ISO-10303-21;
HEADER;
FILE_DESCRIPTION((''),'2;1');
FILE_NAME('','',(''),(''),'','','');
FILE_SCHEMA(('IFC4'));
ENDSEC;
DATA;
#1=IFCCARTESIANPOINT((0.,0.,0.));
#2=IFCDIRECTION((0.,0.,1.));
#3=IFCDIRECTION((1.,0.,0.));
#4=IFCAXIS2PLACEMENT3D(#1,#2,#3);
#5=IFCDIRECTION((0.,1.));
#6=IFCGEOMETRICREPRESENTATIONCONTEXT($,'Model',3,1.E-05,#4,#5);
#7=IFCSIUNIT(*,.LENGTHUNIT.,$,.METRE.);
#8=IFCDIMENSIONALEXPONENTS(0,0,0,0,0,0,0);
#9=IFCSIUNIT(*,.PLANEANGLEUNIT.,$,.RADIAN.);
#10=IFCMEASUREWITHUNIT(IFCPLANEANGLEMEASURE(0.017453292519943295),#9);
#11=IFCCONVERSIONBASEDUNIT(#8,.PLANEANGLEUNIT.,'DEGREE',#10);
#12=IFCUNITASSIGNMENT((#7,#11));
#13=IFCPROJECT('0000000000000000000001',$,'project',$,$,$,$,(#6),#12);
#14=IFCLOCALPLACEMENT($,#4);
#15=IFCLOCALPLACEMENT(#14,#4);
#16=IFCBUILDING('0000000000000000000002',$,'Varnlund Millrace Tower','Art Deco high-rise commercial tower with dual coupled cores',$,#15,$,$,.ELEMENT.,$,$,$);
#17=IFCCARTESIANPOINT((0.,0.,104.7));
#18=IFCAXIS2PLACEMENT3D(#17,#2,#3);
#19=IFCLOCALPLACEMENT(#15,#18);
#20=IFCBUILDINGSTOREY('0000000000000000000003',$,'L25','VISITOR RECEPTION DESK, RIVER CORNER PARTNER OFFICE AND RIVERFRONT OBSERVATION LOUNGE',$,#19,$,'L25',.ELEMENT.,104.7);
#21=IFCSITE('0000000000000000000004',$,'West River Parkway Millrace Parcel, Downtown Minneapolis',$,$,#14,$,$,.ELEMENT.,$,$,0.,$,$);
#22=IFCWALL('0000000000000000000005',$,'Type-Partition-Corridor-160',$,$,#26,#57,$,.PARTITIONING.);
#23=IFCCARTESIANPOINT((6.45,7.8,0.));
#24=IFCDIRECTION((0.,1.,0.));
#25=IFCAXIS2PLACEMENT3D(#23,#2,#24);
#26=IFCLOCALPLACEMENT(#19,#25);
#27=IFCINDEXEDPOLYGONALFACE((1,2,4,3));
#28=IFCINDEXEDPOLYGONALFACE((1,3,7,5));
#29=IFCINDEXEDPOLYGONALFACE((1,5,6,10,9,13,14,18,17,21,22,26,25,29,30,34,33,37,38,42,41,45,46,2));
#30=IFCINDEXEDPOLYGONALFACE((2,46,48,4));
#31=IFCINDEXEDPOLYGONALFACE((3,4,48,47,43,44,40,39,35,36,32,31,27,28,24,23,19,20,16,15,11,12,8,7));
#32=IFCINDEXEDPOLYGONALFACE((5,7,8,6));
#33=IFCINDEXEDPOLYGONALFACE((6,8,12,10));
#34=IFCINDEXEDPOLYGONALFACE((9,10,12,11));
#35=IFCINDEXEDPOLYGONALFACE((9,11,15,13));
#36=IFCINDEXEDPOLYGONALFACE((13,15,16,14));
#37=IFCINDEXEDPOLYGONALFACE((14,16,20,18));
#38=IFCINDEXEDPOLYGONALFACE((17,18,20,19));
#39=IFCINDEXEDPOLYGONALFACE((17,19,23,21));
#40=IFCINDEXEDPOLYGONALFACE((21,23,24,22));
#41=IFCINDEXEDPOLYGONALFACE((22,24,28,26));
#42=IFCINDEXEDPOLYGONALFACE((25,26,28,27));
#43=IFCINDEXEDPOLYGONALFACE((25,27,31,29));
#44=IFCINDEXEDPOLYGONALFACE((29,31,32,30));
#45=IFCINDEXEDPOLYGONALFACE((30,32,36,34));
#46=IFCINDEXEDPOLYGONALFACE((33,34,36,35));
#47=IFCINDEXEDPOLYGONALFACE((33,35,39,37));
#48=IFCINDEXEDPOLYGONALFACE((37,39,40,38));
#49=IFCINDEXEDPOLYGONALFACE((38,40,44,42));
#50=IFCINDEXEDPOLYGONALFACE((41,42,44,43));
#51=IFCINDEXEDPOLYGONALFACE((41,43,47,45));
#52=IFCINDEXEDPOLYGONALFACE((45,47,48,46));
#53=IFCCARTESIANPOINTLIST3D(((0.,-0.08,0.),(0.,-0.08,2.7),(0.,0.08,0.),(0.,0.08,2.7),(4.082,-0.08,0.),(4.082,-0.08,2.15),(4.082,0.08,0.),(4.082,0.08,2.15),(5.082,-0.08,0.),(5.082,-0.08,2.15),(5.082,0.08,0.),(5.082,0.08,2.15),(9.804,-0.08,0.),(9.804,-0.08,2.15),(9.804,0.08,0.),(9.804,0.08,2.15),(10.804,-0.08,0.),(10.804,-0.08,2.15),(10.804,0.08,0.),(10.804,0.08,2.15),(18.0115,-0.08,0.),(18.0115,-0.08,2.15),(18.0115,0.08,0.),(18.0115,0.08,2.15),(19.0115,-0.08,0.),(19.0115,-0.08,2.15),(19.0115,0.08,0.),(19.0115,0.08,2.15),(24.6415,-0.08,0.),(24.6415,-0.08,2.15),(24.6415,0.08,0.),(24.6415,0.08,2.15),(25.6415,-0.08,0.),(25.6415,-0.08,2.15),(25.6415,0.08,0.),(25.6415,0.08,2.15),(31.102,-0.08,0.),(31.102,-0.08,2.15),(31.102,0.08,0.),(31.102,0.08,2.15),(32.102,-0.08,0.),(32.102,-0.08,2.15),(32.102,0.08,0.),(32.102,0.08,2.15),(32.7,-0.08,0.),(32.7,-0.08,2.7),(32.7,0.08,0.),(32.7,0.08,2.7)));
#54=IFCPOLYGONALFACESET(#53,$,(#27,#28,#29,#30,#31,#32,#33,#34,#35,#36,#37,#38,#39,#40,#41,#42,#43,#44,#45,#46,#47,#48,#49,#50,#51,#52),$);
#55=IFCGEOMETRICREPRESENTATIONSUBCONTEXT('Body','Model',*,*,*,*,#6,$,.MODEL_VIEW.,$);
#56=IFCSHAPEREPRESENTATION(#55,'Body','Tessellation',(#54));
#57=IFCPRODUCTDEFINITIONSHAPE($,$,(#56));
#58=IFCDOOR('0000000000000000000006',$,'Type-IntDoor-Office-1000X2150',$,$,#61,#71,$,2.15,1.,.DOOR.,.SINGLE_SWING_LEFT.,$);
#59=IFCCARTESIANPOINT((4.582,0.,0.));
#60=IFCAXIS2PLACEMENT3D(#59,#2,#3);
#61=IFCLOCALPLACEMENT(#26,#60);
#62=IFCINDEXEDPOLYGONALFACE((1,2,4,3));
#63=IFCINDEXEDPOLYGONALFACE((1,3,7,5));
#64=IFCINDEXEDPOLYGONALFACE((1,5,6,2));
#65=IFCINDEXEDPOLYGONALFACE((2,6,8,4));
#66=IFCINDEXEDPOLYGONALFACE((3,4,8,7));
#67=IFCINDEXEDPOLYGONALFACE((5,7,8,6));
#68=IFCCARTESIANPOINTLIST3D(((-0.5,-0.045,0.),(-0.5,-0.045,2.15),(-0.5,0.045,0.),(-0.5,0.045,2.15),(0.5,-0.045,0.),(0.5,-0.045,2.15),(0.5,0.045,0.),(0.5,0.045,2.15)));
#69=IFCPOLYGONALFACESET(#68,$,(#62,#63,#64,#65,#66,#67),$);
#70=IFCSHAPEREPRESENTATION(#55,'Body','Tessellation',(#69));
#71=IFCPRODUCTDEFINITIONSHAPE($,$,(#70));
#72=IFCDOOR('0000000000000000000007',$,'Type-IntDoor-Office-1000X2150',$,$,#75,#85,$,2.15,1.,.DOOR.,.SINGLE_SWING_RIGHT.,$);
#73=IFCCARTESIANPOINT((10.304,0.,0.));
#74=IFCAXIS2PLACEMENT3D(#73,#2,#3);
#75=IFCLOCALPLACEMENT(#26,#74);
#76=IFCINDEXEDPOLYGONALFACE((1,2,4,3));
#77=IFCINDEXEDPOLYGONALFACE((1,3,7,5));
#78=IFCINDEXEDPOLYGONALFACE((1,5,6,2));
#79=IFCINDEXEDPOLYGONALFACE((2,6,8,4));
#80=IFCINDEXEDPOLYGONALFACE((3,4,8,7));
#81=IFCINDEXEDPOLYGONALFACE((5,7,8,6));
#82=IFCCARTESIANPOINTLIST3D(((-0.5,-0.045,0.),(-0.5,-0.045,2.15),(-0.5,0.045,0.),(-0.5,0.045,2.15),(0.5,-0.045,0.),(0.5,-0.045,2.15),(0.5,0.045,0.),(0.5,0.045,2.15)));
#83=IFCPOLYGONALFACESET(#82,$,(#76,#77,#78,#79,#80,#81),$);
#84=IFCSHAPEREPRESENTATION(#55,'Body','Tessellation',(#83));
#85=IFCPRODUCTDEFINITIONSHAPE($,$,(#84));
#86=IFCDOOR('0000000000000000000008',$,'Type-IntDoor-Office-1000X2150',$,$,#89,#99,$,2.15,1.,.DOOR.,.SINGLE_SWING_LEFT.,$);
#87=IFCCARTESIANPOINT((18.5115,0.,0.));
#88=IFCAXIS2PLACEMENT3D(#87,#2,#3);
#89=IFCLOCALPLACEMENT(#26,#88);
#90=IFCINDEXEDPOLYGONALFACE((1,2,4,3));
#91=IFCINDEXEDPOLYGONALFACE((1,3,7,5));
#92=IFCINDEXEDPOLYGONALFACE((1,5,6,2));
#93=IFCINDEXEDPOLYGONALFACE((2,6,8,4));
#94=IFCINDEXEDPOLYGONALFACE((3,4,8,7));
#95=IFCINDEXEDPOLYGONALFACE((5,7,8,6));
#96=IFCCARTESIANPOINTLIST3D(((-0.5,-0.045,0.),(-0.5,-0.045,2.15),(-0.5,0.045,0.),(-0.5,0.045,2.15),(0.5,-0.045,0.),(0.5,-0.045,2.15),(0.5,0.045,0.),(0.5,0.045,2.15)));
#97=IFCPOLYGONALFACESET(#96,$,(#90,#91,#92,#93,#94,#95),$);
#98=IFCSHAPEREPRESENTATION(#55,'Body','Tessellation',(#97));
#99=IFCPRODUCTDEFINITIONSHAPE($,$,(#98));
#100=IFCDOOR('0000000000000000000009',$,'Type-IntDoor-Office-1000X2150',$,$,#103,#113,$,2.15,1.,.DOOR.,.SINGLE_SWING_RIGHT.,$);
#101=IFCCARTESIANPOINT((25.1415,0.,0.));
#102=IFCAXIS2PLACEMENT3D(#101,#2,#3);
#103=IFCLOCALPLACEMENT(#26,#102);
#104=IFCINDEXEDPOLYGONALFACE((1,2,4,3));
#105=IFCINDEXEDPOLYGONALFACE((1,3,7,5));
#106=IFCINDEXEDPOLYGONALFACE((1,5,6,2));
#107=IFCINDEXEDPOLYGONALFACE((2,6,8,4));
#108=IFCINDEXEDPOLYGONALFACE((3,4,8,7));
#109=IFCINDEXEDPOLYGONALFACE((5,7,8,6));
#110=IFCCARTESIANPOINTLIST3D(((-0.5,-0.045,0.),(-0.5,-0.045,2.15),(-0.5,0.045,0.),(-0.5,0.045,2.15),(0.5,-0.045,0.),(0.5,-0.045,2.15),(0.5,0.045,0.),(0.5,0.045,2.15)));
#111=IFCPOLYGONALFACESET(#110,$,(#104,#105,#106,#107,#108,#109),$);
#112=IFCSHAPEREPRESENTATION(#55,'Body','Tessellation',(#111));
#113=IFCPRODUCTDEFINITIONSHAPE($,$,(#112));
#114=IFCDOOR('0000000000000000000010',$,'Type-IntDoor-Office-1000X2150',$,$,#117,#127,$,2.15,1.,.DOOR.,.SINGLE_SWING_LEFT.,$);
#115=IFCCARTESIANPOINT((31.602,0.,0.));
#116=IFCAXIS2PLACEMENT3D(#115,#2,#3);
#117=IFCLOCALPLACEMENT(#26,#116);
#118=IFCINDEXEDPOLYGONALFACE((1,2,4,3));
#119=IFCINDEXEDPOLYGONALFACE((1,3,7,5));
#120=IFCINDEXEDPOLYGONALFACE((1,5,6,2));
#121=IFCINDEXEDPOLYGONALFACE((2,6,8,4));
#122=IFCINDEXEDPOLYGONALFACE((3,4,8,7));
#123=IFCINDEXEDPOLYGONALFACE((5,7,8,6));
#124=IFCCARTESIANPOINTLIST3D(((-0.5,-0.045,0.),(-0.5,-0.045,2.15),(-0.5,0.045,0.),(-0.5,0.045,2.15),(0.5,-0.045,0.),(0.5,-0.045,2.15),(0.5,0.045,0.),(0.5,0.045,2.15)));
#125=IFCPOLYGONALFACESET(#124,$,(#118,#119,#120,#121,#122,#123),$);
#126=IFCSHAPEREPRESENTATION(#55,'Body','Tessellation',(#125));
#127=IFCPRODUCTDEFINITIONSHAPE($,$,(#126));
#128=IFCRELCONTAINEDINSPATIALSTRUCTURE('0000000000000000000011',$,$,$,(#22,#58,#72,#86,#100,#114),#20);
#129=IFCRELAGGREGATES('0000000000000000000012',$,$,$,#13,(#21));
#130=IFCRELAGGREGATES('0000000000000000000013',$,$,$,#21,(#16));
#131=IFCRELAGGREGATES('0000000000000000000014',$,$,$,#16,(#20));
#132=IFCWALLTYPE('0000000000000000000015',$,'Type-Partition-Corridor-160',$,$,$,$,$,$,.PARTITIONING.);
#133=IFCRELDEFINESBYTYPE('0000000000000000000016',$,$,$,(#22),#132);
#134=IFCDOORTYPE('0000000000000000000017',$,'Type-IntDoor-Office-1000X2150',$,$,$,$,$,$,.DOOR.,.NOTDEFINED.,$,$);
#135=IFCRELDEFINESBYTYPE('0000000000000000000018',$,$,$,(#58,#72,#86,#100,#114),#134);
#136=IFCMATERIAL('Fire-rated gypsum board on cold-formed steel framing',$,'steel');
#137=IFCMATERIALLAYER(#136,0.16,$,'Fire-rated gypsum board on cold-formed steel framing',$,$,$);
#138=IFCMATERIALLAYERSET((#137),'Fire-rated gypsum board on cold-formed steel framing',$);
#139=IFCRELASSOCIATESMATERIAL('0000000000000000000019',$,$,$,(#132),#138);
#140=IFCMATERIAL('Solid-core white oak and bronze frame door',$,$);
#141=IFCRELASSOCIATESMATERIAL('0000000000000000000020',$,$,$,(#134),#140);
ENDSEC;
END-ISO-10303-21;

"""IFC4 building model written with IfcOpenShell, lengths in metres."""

from ifc_helpers import new_model, entity, si_unit, converted_unit, direction, frame, origin_with_axes, origin_2d_with_axis, place, context, subcontext, project, spatial, polyline, rectangle, outline, extrude, material, layer, layer_set, type_object, element, fill, save


model = new_model("IFC4")

# Units and contexts
model_context = context("Model", 3, precision=1e-05, world=origin_with_axes(), true_north=direction((0.0, 1.0)))
body_context = subcontext(model_context, "Body", "Model", "MODEL_VIEW")
ifc_project = project(units=[si_unit("LENGTHUNIT", "METRE"), converted_unit("PLANEANGLEUNIT", "DEGREE", entity("IfcPlaneAngleMeasure", 0.017453292519943295), si_unit("PLANEANGLEUNIT", "RADIAN"), dimensions=[0, 0, 0, 0, 0, 0, 0])], contexts=[model_context])

# Site, building, storey
site_placement = place(None, origin_with_axes())
site = spatial("IfcSite", under=ifc_project, at=site_placement, Name="West River Parkway Millrace Parcel, Downtown Minneapolis", CompositionType="ELEMENT", RefElevation=0.0)
building_placement = place(site_placement, origin_with_axes())
building = spatial("IfcBuilding", under=site, at=building_placement, Name="Varnlund Millrace Tower", Description="Art Deco high-rise commercial tower with dual coupled cores", CompositionType="ELEMENT")
storey_placement = place(building_placement, frame((0.0, 0.0, 104.7), z_axis=(0.0, 0.0, 1.0), x_axis=(1.0, 0.0, 0.0)))
storey = spatial("IfcBuildingStorey", under=building, at=storey_placement, Name="L25", Description="VISITOR RECEPTION DESK, RIVER CORNER PARTNER OFFICE AND RIVERFRONT OBSERVATION LOUNGE", LongName="L25", CompositionType="ELEMENT", Elevation=104.7)

# Wall, openings, doors
ifc_material_1 = material(Name="Fire-rated gypsum board on cold-formed steel framing", Category="steel")
ifc_layer_1 = layer(ifc_material_1, 0.16, Name="Fire-rated gypsum board on cold-formed steel framing")
ifc_layer_set_1 = layer_set([ifc_layer_1], Name="Fire-rated gypsum board on cold-formed steel framing")
wall_type_1 = type_object("IfcWallType", Name="Type-Partition-Corridor-160", PredefinedType="PARTITIONING", material=ifc_layer_set_1)
ifc_material_2 = material(Name="Solid-core white oak and bronze frame door")
door_type_1 = type_object("IfcDoorType", Name="Type-IntDoor-Office-1000X2150", OperationType="NOTDEFINED", PredefinedType="DOOR", material=ifc_material_2)
wall_1_placement = place(storey_placement, frame((6.45, 7.8, 0.0), z_axis=(0.0, 0.0, 1.0), x_axis=(0.0, 1.0, 0.0)))
wall_1 = element("IfcWall", 1, at=wall_1_placement, inside=storey, type_object=wall_type_1, Name="Type-Partition-Corridor-160", PredefinedType="PARTITIONING", context=body_context, shape_type="SweptSolid", body=[
    extrude(outline(polyline([(0.0, -0.08), (32.7, -0.08), (32.7, 0.08), (0.0, 0.08), (0.0, -0.08)])), origin_with_axes(), (0.0, 0.0, 1.0), 2.7),
])
opening_1_placement = place(wall_1_placement, frame((4.582, 0.0, 0.0), z_axis=(0.0, 0.0, 1.0), x_axis=(1.0, 0.0, 0.0)))
opening_1 = element("IfcOpeningElement", 2, at=opening_1_placement, cuts=wall_1, PredefinedType="OPENING", context=body_context, shape_type="SweptSolid", body=[
    extrude(rectangle(XDim=1.0, YDim=0.18, at=origin_2d_with_axis()), origin_with_axes(), (0.0, 0.0, 1.0), 2.15),
])
opening_2_placement = place(wall_1_placement, frame((10.304, 0.0, 0.0), z_axis=(0.0, 0.0, 1.0), x_axis=(1.0, 0.0, 0.0)))
opening_2 = element("IfcOpeningElement", 3, at=opening_2_placement, cuts=wall_1, PredefinedType="OPENING", context=body_context, shape_type="SweptSolid", body=[
    extrude(rectangle(XDim=1.0, YDim=0.18, at=origin_2d_with_axis()), origin_with_axes(), (0.0, 0.0, 1.0), 2.15),
])
opening_3_placement = place(wall_1_placement, frame((18.5115, 0.0, 0.0), z_axis=(0.0, 0.0, 1.0), x_axis=(1.0, 0.0, 0.0)))
opening_3 = element("IfcOpeningElement", 4, at=opening_3_placement, cuts=wall_1, PredefinedType="OPENING", context=body_context, shape_type="SweptSolid", body=[
    extrude(rectangle(XDim=1.0, YDim=0.18, at=origin_2d_with_axis()), origin_with_axes(), (0.0, 0.0, 1.0), 2.15),
])
opening_4_placement = place(wall_1_placement, frame((25.1415, 0.0, 0.0), z_axis=(0.0, 0.0, 1.0), x_axis=(1.0, 0.0, 0.0)))
opening_4 = element("IfcOpeningElement", 5, at=opening_4_placement, cuts=wall_1, PredefinedType="OPENING", context=body_context, shape_type="SweptSolid", body=[
    extrude(rectangle(XDim=1.0, YDim=0.18, at=origin_2d_with_axis()), origin_with_axes(), (0.0, 0.0, 1.0), 2.15),
])
opening_5_placement = place(wall_1_placement, frame((31.602, 0.0, 0.0), z_axis=(0.0, 0.0, 1.0), x_axis=(1.0, 0.0, 0.0)))
opening_5 = element("IfcOpeningElement", 6, at=opening_5_placement, cuts=wall_1, PredefinedType="OPENING", context=body_context, shape_type="SweptSolid", body=[
    extrude(rectangle(XDim=1.0, YDim=0.18, at=origin_2d_with_axis()), origin_with_axes(), (0.0, 0.0, 1.0), 2.15),
])
door_1_placement = place(wall_1_placement, frame((4.582, 0.0, 0.0), z_axis=(0.0, 0.0, 1.0), x_axis=(1.0, 0.0, 0.0)))
door_1 = element("IfcDoor", 7, at=door_1_placement, inside=storey, type_object=door_type_1, Name="Type-IntDoor-Office-1000X2150", OperationType="SINGLE_SWING_LEFT", OverallHeight=2.15, OverallWidth=1.0, PredefinedType="DOOR", context=body_context, shape_type="SweptSolid", body=[
    extrude(rectangle(XDim=1.0, YDim=0.09, at=origin_2d_with_axis()), origin_with_axes(), (0.0, 0.0, 1.0), 2.15),
])
fill(opening_1, door_1)
door_2_placement = place(wall_1_placement, frame((10.304, 0.0, 0.0), z_axis=(0.0, 0.0, 1.0), x_axis=(1.0, 0.0, 0.0)))
door_2 = element("IfcDoor", 8, at=door_2_placement, inside=storey, type_object=door_type_1, Name="Type-IntDoor-Office-1000X2150", OperationType="SINGLE_SWING_RIGHT", OverallHeight=2.15, OverallWidth=1.0, PredefinedType="DOOR", context=body_context, shape_type="SweptSolid", body=[
    extrude(rectangle(XDim=1.0, YDim=0.09, at=origin_2d_with_axis()), origin_with_axes(), (0.0, 0.0, 1.0), 2.15),
])
fill(opening_2, door_2)
door_3_placement = place(wall_1_placement, frame((18.5115, 0.0, 0.0), z_axis=(0.0, 0.0, 1.0), x_axis=(1.0, 0.0, 0.0)))
door_3 = element("IfcDoor", 9, at=door_3_placement, inside=storey, type_object=door_type_1, Name="Type-IntDoor-Office-1000X2150", OperationType="SINGLE_SWING_LEFT", OverallHeight=2.15, OverallWidth=1.0, PredefinedType="DOOR", context=body_context, shape_type="SweptSolid", body=[
    extrude(rectangle(XDim=1.0, YDim=0.09, at=origin_2d_with_axis()), origin_with_axes(), (0.0, 0.0, 1.0), 2.15),
])
fill(opening_3, door_3)
door_4_placement = place(wall_1_placement, frame((25.1415, 0.0, 0.0), z_axis=(0.0, 0.0, 1.0), x_axis=(1.0, 0.0, 0.0)))
door_4 = element("IfcDoor", 10, at=door_4_placement, inside=storey, type_object=door_type_1, Name="Type-IntDoor-Office-1000X2150", OperationType="SINGLE_SWING_RIGHT", OverallHeight=2.15, OverallWidth=1.0, PredefinedType="DOOR", context=body_context, shape_type="SweptSolid", body=[
    extrude(rectangle(XDim=1.0, YDim=0.09, at=origin_2d_with_axis()), origin_with_axes(), (0.0, 0.0, 1.0), 2.15),
])
fill(opening_4, door_4)
door_5_placement = place(wall_1_placement, frame((31.602, 0.0, 0.0), z_axis=(0.0, 0.0, 1.0), x_axis=(1.0, 0.0, 0.0)))
door_5 = element("IfcDoor", 11, at=door_5_placement, inside=storey, type_object=door_type_1, Name="Type-IntDoor-Office-1000X2150", OperationType="SINGLE_SWING_LEFT", OverallHeight=2.15, OverallWidth=1.0, PredefinedType="DOOR", context=body_context, shape_type="SweptSolid", body=[
    extrude(rectangle(XDim=1.0, YDim=0.09, at=origin_2d_with_axis()), origin_with_axes(), (0.0, 0.0, 1.0), 2.15),
])
fill(opening_5, door_5)

save(model, "model.ifc")
